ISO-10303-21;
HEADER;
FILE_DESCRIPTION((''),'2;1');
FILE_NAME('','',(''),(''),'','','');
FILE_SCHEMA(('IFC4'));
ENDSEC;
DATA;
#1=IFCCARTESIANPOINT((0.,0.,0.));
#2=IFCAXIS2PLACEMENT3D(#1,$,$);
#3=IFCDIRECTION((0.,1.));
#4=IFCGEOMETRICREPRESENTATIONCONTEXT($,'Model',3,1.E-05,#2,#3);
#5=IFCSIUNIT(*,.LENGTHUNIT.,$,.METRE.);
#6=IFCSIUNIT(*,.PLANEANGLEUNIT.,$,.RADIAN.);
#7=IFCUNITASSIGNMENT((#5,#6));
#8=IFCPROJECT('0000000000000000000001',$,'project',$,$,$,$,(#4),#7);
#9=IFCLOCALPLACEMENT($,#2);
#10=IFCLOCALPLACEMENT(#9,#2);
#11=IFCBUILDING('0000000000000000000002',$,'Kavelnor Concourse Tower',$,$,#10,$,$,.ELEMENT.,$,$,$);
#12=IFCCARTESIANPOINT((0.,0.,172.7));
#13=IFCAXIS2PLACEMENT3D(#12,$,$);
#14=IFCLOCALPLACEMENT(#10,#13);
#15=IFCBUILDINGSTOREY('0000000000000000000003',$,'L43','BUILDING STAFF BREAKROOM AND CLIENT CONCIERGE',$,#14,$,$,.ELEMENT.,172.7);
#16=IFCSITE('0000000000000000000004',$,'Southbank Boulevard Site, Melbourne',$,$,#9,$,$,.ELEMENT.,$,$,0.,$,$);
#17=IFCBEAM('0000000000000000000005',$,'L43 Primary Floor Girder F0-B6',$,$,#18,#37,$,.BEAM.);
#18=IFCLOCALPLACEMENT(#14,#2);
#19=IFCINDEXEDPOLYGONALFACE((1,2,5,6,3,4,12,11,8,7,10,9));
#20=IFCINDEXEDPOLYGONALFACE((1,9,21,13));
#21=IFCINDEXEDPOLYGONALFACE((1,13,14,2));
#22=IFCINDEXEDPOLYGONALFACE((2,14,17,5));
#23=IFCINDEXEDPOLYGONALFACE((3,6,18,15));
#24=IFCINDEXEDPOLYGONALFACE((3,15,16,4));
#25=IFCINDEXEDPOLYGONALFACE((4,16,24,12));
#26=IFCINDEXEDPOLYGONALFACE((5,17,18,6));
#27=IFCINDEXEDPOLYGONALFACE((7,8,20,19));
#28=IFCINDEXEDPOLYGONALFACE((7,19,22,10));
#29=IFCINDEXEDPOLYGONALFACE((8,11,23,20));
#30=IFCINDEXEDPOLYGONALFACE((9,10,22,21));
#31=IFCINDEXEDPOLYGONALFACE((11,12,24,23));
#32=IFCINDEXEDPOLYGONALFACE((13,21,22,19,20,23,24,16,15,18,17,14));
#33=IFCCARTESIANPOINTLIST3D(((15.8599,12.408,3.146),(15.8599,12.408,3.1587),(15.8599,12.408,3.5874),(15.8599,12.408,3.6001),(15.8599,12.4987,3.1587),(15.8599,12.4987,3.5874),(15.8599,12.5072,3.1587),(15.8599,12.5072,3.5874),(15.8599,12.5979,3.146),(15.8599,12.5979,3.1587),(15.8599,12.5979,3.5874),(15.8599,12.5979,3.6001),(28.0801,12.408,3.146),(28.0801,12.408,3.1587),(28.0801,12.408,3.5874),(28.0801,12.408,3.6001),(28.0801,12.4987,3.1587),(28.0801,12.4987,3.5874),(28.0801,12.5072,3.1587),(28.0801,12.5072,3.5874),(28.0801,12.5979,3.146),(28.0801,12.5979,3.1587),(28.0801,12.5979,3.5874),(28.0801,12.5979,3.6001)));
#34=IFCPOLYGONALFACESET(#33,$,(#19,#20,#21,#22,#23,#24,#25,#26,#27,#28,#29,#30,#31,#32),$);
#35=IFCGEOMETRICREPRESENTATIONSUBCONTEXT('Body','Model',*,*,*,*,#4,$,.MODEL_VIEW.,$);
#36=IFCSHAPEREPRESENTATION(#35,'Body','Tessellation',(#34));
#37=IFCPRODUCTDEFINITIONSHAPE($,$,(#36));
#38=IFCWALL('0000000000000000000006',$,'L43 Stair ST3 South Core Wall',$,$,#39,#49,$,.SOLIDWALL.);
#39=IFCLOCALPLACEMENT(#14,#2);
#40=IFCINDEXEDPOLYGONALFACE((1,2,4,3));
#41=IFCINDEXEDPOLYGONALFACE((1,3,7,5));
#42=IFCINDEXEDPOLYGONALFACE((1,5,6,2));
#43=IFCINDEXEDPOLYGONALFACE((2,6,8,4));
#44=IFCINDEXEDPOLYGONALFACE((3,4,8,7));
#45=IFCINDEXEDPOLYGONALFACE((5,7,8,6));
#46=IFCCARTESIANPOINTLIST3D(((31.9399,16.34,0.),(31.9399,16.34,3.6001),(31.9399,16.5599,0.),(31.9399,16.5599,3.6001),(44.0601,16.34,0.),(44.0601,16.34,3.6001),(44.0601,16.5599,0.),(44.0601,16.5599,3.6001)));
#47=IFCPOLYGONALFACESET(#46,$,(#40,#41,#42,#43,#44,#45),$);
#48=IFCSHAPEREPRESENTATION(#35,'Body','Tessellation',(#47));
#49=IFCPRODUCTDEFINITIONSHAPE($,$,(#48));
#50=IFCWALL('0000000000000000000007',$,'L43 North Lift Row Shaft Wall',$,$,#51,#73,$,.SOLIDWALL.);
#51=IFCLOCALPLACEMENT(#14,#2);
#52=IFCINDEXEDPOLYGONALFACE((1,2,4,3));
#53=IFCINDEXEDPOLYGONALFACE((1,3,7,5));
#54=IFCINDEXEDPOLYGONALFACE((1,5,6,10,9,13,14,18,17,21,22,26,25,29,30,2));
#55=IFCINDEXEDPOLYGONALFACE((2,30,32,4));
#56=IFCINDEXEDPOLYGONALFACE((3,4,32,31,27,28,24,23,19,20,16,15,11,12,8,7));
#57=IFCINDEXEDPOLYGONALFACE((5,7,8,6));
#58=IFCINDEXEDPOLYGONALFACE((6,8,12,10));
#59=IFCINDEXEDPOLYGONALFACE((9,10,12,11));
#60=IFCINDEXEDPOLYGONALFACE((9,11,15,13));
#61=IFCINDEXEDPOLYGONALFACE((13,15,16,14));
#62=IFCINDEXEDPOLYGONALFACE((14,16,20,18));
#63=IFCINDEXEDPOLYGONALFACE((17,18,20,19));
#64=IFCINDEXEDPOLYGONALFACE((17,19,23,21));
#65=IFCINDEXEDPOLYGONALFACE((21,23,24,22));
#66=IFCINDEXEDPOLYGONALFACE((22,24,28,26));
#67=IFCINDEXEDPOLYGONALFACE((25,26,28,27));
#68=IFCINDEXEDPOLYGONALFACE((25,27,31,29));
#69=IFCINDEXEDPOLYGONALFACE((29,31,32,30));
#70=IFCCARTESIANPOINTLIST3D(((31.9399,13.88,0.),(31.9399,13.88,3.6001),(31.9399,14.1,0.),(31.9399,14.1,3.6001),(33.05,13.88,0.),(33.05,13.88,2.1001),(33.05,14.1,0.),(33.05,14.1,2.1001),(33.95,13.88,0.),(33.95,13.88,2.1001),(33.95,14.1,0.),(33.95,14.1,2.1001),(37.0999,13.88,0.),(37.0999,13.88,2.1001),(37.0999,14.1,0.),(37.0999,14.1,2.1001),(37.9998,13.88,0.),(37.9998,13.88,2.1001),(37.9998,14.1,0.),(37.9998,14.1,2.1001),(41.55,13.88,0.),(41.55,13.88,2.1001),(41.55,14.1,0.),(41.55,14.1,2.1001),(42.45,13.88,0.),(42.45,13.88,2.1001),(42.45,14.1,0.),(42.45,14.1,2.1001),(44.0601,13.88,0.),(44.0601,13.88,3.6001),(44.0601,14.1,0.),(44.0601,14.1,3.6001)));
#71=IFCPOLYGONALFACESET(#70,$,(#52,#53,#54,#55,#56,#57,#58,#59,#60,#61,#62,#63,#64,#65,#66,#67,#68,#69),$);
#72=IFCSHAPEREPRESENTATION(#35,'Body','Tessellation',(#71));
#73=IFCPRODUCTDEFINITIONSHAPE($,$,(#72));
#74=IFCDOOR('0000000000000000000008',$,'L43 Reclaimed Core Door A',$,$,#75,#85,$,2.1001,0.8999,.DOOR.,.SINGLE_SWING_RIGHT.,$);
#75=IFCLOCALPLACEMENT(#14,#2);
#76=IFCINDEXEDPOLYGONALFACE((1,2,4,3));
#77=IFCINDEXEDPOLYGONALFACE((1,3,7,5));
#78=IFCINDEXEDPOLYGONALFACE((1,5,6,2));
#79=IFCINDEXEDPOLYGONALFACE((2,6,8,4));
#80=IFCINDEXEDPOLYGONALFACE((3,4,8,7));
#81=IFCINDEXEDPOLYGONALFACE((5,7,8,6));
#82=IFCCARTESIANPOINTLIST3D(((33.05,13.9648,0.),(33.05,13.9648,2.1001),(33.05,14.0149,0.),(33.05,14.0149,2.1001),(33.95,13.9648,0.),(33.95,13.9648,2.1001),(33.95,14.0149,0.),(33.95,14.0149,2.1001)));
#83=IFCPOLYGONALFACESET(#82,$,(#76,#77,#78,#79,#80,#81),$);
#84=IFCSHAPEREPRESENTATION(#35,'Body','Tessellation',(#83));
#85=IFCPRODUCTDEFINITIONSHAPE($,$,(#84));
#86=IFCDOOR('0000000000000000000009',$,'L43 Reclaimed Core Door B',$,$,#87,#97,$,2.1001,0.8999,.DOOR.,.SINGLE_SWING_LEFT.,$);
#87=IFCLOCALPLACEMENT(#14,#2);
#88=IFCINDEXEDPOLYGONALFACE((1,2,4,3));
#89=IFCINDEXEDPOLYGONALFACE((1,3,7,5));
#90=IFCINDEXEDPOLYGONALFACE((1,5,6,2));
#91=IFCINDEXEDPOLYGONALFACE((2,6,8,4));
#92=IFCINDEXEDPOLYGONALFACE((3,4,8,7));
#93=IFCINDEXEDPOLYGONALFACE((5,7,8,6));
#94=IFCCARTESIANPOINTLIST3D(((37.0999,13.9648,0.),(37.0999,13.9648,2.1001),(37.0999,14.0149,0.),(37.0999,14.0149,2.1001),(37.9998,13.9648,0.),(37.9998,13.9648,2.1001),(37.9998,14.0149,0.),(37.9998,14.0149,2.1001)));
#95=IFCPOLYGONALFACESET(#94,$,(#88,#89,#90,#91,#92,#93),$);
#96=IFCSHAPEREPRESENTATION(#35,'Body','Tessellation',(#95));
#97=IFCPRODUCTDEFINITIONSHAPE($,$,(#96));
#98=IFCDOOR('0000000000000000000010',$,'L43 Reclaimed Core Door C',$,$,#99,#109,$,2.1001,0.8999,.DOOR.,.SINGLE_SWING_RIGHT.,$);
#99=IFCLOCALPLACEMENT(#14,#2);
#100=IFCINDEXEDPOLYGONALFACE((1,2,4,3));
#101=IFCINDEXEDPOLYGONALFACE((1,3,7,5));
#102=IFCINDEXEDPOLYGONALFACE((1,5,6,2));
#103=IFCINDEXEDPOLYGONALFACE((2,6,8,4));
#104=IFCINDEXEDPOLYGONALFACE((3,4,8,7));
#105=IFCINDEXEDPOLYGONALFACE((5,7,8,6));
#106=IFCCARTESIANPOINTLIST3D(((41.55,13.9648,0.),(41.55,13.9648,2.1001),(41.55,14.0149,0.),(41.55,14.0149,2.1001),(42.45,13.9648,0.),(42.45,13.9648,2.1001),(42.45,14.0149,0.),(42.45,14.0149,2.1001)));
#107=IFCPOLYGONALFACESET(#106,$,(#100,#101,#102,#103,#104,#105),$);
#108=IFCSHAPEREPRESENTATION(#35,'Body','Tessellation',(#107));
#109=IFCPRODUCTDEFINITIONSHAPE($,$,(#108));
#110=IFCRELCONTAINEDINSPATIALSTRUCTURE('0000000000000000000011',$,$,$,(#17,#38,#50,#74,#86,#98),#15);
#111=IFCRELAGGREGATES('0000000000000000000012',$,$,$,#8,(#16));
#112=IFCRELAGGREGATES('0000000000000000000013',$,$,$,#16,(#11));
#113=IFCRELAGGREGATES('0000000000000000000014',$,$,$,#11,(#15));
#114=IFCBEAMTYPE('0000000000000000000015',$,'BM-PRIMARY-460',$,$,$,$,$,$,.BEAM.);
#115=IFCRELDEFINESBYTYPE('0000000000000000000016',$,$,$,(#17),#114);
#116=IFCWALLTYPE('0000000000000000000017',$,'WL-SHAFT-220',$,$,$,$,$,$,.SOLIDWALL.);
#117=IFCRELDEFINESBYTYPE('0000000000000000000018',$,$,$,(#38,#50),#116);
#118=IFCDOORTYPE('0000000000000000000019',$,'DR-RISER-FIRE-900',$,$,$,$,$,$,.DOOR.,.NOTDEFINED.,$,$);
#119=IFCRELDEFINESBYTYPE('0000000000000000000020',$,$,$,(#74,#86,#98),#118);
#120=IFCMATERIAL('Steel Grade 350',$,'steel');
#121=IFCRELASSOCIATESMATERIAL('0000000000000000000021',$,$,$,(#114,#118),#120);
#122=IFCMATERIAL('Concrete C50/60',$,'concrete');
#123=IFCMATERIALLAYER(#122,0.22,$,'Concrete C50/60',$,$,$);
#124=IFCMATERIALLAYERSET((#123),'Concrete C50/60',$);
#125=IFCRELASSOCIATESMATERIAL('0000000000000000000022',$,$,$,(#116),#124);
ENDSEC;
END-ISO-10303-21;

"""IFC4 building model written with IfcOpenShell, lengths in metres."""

from ifc_helpers import new_model, si_unit, direction, frame, frame_2d, origin, origin_2d, place, context, subcontext, project, spatial, rectangle, i_section, extrude, material, layer, layer_set, material_profile, profile_set, type_object, element, fill, save


model = new_model("IFC4")

# Units and contexts
model_context = context("Model", 3, precision=1e-05, world=origin(), true_north=direction((0.0, 1.0)))
body_context = subcontext(model_context, "Body", "Model", "MODEL_VIEW")
ifc_project = project(units=[si_unit("LENGTHUNIT", "METRE"), si_unit("PLANEANGLEUNIT", "RADIAN")], contexts=[model_context])

# Site, building, storey
site_placement = place(None, origin())
site = spatial("IfcSite", under=ifc_project, at=site_placement, Name="Southbank Boulevard Site, Melbourne", CompositionType="ELEMENT", RefElevation=0.0)
building_placement = place(site_placement, origin())
building = spatial("IfcBuilding", under=site, at=building_placement, Name="Kavelnor Concourse Tower", CompositionType="ELEMENT")
storey_placement = place(building_placement, frame((0.0, 0.0, 172.7)))
storey = spatial("IfcBuildingStorey", under=building, at=storey_placement, Name="L43", Description="BUILDING STAFF BREAKROOM AND CLIENT CONCIERGE", CompositionType="ELEMENT", Elevation=172.7)

# Beam
ifc_material_1 = material(Name="Steel Grade 350", Category="steel")
ifc_material_profile = material_profile(ifc_material_1, i_section(OverallWidth=0.1899, OverallDepth=0.4541, WebThickness=0.0085, FlangeThickness=0.0127, at=origin_2d()), Name="460UB67")
ifc_profile_set = profile_set([ifc_material_profile], Name="Steel Grade 350")
beam_type = type_object("IfcBeamType", Name="BM-PRIMARY-460", PredefinedType="BEAM", material=ifc_profile_set)
beam_placement = place(storey_placement, frame((28.0801, 12.5029, 3.373), z_axis=(-1.0, 0.0, 0.0), x_axis=(0.0, -1.0, 0.0)))
element("IfcBeam", 1, at=beam_placement, inside=storey, type_object=beam_type, Name="L43 Primary Floor Girder F0-B6", PredefinedType="BEAM", context=body_context, shape_type="SweptSolid", body=[
    extrude(i_section(OverallWidth=0.1899, OverallDepth=0.4541, WebThickness=0.0085, FlangeThickness=0.0127, at=origin_2d()), origin(), (0.0, 0.0, 1.0), 12.2202),
])

# Wall
ifc_material_2 = material(Name="Concrete C50/60", Category="concrete")
ifc_layer_1 = layer(ifc_material_2, 0.22, Name="Concrete C50/60")
ifc_layer_set_1 = layer_set([ifc_layer_1], Name="Concrete C50/60")
wall_type_1 = type_object("IfcWallType", Name="WL-SHAFT-220", PredefinedType="SOLIDWALL", material=ifc_layer_set_1)
wall_1_placement = place(storey_placement, frame((31.9399, 16.45, 0.0), z_axis=(0.0, 0.0, 1.0), x_axis=(1.0, 0.0, 0.0)))
element("IfcWall", 2, at=wall_1_placement, inside=storey, type_object=wall_type_1, Name="L43 Stair ST3 South Core Wall", PredefinedType="SOLIDWALL", context=body_context, shape_type="SweptSolid", body=[
    extrude(rectangle(XDim=12.1201, YDim=0.22, at=frame_2d((6.0601, 0.0))), origin(), (0.0, 0.0, 1.0), 3.6001),
])

# Wall, openings, doors
wall_2_placement = place(storey_placement, frame((31.9399, 13.99, 0.0), z_axis=(0.0, 0.0, 1.0), x_axis=(1.0, 0.0, 0.0)))
wall_2 = element("IfcWall", 3, at=wall_2_placement, inside=storey, type_object=wall_type_1, Name="L43 North Lift Row Shaft Wall", PredefinedType="SOLIDWALL", context=body_context, shape_type="SweptSolid", body=[
    extrude(rectangle(XDim=12.1201, YDim=0.22, at=frame_2d((6.0601, 0.0))), origin(), (0.0, 0.0, 1.0), 3.6001),
])
opening_1_placement = place(wall_2_placement, frame((1.1101, 0.0, 0.0)))
opening_1 = element("IfcOpeningElement", 4, at=opening_1_placement, cuts=wall_2, PredefinedType="OPENING", context=body_context, shape_type="SweptSolid", body=[
    extrude(rectangle(XDim=0.8999, YDim=2.1001, at=frame_2d((0.45, 1.05))), frame((0.0, 0.1201, 0.0), z_axis=(0.0, -1.0, 0.0), x_axis=(1.0, 0.0, 0.0)), (0.0, 0.0, 1.0), 0.24),
])
opening_2_placement = place(wall_2_placement, frame((5.1599, 0.0, 0.0)))
opening_2 = element("IfcOpeningElement", 5, at=opening_2_placement, cuts=wall_2, PredefinedType="OPENING", context=body_context, shape_type="SweptSolid", body=[
    extrude(rectangle(XDim=0.8999, YDim=2.1001, at=frame_2d((0.45, 1.05))), frame((0.0, 0.1201, 0.0), z_axis=(0.0, -1.0, 0.0), x_axis=(1.0, 0.0, 0.0)), (0.0, 0.0, 1.0), 0.24),
])
opening_3_placement = place(wall_2_placement, frame((9.6101, 0.0, 0.0)))
opening_3 = element("IfcOpeningElement", 6, at=opening_3_placement, cuts=wall_2, PredefinedType="OPENING", context=body_context, shape_type="SweptSolid", body=[
    extrude(rectangle(XDim=0.8999, YDim=2.1001, at=frame_2d((0.45, 1.05))), frame((0.0, 0.1201, 0.0), z_axis=(0.0, -1.0, 0.0), x_axis=(1.0, 0.0, 0.0)), (0.0, 0.0, 1.0), 0.24),
])
door_type_1 = type_object("IfcDoorType", Name="DR-RISER-FIRE-900", OperationType="NOTDEFINED", PredefinedType="DOOR", material=ifc_material_1)
door_1_placement = place(opening_1_placement, origin())
door_1 = element("IfcDoor", 7, at=door_1_placement, inside=storey, type_object=door_type_1, Name="L43 Reclaimed Core Door A", OperationType="SINGLE_SWING_RIGHT", OverallHeight=2.1001, OverallWidth=0.8999, PredefinedType="DOOR", context=body_context, shape_type="SweptSolid", body=[
    extrude(rectangle(XDim=0.8999, YDim=2.1001, at=frame_2d((0.45, 1.05))), frame((0.0, 0.0249, 0.0), z_axis=(0.0, -1.0, 0.0), x_axis=(1.0, 0.0, 0.0)), (0.0, 0.0, 1.0), 0.05),
])
fill(opening_1, door_1)
door_2_placement = place(opening_2_placement, origin())
door_2 = element("IfcDoor", 8, at=door_2_placement, inside=storey, type_object=door_type_1, Name="L43 Reclaimed Core Door B", OperationType="SINGLE_SWING_LEFT", OverallHeight=2.1001, OverallWidth=0.8999, PredefinedType="DOOR", context=body_context, shape_type="SweptSolid", body=[
    extrude(rectangle(XDim=0.8999, YDim=2.1001, at=frame_2d((0.45, 1.05))), frame((0.0, 0.0249, 0.0), z_axis=(0.0, -1.0, 0.0), x_axis=(1.0, 0.0, 0.0)), (0.0, 0.0, 1.0), 0.05),
])
fill(opening_2, door_2)
door_3_placement = place(opening_3_placement, origin())
door_3 = element("IfcDoor", 9, at=door_3_placement, inside=storey, type_object=door_type_1, Name="L43 Reclaimed Core Door C", OperationType="SINGLE_SWING_RIGHT", OverallHeight=2.1001, OverallWidth=0.8999, PredefinedType="DOOR", context=body_context, shape_type="SweptSolid", body=[
    extrude(rectangle(XDim=0.8999, YDim=2.1001, at=frame_2d((0.45, 1.05))), frame((0.0, 0.0249, 0.0), z_axis=(0.0, -1.0, 0.0), x_axis=(1.0, 0.0, 0.0)), (0.0, 0.0, 1.0), 0.05),
])
fill(opening_3, door_3)

save(model, "model.ifc")
